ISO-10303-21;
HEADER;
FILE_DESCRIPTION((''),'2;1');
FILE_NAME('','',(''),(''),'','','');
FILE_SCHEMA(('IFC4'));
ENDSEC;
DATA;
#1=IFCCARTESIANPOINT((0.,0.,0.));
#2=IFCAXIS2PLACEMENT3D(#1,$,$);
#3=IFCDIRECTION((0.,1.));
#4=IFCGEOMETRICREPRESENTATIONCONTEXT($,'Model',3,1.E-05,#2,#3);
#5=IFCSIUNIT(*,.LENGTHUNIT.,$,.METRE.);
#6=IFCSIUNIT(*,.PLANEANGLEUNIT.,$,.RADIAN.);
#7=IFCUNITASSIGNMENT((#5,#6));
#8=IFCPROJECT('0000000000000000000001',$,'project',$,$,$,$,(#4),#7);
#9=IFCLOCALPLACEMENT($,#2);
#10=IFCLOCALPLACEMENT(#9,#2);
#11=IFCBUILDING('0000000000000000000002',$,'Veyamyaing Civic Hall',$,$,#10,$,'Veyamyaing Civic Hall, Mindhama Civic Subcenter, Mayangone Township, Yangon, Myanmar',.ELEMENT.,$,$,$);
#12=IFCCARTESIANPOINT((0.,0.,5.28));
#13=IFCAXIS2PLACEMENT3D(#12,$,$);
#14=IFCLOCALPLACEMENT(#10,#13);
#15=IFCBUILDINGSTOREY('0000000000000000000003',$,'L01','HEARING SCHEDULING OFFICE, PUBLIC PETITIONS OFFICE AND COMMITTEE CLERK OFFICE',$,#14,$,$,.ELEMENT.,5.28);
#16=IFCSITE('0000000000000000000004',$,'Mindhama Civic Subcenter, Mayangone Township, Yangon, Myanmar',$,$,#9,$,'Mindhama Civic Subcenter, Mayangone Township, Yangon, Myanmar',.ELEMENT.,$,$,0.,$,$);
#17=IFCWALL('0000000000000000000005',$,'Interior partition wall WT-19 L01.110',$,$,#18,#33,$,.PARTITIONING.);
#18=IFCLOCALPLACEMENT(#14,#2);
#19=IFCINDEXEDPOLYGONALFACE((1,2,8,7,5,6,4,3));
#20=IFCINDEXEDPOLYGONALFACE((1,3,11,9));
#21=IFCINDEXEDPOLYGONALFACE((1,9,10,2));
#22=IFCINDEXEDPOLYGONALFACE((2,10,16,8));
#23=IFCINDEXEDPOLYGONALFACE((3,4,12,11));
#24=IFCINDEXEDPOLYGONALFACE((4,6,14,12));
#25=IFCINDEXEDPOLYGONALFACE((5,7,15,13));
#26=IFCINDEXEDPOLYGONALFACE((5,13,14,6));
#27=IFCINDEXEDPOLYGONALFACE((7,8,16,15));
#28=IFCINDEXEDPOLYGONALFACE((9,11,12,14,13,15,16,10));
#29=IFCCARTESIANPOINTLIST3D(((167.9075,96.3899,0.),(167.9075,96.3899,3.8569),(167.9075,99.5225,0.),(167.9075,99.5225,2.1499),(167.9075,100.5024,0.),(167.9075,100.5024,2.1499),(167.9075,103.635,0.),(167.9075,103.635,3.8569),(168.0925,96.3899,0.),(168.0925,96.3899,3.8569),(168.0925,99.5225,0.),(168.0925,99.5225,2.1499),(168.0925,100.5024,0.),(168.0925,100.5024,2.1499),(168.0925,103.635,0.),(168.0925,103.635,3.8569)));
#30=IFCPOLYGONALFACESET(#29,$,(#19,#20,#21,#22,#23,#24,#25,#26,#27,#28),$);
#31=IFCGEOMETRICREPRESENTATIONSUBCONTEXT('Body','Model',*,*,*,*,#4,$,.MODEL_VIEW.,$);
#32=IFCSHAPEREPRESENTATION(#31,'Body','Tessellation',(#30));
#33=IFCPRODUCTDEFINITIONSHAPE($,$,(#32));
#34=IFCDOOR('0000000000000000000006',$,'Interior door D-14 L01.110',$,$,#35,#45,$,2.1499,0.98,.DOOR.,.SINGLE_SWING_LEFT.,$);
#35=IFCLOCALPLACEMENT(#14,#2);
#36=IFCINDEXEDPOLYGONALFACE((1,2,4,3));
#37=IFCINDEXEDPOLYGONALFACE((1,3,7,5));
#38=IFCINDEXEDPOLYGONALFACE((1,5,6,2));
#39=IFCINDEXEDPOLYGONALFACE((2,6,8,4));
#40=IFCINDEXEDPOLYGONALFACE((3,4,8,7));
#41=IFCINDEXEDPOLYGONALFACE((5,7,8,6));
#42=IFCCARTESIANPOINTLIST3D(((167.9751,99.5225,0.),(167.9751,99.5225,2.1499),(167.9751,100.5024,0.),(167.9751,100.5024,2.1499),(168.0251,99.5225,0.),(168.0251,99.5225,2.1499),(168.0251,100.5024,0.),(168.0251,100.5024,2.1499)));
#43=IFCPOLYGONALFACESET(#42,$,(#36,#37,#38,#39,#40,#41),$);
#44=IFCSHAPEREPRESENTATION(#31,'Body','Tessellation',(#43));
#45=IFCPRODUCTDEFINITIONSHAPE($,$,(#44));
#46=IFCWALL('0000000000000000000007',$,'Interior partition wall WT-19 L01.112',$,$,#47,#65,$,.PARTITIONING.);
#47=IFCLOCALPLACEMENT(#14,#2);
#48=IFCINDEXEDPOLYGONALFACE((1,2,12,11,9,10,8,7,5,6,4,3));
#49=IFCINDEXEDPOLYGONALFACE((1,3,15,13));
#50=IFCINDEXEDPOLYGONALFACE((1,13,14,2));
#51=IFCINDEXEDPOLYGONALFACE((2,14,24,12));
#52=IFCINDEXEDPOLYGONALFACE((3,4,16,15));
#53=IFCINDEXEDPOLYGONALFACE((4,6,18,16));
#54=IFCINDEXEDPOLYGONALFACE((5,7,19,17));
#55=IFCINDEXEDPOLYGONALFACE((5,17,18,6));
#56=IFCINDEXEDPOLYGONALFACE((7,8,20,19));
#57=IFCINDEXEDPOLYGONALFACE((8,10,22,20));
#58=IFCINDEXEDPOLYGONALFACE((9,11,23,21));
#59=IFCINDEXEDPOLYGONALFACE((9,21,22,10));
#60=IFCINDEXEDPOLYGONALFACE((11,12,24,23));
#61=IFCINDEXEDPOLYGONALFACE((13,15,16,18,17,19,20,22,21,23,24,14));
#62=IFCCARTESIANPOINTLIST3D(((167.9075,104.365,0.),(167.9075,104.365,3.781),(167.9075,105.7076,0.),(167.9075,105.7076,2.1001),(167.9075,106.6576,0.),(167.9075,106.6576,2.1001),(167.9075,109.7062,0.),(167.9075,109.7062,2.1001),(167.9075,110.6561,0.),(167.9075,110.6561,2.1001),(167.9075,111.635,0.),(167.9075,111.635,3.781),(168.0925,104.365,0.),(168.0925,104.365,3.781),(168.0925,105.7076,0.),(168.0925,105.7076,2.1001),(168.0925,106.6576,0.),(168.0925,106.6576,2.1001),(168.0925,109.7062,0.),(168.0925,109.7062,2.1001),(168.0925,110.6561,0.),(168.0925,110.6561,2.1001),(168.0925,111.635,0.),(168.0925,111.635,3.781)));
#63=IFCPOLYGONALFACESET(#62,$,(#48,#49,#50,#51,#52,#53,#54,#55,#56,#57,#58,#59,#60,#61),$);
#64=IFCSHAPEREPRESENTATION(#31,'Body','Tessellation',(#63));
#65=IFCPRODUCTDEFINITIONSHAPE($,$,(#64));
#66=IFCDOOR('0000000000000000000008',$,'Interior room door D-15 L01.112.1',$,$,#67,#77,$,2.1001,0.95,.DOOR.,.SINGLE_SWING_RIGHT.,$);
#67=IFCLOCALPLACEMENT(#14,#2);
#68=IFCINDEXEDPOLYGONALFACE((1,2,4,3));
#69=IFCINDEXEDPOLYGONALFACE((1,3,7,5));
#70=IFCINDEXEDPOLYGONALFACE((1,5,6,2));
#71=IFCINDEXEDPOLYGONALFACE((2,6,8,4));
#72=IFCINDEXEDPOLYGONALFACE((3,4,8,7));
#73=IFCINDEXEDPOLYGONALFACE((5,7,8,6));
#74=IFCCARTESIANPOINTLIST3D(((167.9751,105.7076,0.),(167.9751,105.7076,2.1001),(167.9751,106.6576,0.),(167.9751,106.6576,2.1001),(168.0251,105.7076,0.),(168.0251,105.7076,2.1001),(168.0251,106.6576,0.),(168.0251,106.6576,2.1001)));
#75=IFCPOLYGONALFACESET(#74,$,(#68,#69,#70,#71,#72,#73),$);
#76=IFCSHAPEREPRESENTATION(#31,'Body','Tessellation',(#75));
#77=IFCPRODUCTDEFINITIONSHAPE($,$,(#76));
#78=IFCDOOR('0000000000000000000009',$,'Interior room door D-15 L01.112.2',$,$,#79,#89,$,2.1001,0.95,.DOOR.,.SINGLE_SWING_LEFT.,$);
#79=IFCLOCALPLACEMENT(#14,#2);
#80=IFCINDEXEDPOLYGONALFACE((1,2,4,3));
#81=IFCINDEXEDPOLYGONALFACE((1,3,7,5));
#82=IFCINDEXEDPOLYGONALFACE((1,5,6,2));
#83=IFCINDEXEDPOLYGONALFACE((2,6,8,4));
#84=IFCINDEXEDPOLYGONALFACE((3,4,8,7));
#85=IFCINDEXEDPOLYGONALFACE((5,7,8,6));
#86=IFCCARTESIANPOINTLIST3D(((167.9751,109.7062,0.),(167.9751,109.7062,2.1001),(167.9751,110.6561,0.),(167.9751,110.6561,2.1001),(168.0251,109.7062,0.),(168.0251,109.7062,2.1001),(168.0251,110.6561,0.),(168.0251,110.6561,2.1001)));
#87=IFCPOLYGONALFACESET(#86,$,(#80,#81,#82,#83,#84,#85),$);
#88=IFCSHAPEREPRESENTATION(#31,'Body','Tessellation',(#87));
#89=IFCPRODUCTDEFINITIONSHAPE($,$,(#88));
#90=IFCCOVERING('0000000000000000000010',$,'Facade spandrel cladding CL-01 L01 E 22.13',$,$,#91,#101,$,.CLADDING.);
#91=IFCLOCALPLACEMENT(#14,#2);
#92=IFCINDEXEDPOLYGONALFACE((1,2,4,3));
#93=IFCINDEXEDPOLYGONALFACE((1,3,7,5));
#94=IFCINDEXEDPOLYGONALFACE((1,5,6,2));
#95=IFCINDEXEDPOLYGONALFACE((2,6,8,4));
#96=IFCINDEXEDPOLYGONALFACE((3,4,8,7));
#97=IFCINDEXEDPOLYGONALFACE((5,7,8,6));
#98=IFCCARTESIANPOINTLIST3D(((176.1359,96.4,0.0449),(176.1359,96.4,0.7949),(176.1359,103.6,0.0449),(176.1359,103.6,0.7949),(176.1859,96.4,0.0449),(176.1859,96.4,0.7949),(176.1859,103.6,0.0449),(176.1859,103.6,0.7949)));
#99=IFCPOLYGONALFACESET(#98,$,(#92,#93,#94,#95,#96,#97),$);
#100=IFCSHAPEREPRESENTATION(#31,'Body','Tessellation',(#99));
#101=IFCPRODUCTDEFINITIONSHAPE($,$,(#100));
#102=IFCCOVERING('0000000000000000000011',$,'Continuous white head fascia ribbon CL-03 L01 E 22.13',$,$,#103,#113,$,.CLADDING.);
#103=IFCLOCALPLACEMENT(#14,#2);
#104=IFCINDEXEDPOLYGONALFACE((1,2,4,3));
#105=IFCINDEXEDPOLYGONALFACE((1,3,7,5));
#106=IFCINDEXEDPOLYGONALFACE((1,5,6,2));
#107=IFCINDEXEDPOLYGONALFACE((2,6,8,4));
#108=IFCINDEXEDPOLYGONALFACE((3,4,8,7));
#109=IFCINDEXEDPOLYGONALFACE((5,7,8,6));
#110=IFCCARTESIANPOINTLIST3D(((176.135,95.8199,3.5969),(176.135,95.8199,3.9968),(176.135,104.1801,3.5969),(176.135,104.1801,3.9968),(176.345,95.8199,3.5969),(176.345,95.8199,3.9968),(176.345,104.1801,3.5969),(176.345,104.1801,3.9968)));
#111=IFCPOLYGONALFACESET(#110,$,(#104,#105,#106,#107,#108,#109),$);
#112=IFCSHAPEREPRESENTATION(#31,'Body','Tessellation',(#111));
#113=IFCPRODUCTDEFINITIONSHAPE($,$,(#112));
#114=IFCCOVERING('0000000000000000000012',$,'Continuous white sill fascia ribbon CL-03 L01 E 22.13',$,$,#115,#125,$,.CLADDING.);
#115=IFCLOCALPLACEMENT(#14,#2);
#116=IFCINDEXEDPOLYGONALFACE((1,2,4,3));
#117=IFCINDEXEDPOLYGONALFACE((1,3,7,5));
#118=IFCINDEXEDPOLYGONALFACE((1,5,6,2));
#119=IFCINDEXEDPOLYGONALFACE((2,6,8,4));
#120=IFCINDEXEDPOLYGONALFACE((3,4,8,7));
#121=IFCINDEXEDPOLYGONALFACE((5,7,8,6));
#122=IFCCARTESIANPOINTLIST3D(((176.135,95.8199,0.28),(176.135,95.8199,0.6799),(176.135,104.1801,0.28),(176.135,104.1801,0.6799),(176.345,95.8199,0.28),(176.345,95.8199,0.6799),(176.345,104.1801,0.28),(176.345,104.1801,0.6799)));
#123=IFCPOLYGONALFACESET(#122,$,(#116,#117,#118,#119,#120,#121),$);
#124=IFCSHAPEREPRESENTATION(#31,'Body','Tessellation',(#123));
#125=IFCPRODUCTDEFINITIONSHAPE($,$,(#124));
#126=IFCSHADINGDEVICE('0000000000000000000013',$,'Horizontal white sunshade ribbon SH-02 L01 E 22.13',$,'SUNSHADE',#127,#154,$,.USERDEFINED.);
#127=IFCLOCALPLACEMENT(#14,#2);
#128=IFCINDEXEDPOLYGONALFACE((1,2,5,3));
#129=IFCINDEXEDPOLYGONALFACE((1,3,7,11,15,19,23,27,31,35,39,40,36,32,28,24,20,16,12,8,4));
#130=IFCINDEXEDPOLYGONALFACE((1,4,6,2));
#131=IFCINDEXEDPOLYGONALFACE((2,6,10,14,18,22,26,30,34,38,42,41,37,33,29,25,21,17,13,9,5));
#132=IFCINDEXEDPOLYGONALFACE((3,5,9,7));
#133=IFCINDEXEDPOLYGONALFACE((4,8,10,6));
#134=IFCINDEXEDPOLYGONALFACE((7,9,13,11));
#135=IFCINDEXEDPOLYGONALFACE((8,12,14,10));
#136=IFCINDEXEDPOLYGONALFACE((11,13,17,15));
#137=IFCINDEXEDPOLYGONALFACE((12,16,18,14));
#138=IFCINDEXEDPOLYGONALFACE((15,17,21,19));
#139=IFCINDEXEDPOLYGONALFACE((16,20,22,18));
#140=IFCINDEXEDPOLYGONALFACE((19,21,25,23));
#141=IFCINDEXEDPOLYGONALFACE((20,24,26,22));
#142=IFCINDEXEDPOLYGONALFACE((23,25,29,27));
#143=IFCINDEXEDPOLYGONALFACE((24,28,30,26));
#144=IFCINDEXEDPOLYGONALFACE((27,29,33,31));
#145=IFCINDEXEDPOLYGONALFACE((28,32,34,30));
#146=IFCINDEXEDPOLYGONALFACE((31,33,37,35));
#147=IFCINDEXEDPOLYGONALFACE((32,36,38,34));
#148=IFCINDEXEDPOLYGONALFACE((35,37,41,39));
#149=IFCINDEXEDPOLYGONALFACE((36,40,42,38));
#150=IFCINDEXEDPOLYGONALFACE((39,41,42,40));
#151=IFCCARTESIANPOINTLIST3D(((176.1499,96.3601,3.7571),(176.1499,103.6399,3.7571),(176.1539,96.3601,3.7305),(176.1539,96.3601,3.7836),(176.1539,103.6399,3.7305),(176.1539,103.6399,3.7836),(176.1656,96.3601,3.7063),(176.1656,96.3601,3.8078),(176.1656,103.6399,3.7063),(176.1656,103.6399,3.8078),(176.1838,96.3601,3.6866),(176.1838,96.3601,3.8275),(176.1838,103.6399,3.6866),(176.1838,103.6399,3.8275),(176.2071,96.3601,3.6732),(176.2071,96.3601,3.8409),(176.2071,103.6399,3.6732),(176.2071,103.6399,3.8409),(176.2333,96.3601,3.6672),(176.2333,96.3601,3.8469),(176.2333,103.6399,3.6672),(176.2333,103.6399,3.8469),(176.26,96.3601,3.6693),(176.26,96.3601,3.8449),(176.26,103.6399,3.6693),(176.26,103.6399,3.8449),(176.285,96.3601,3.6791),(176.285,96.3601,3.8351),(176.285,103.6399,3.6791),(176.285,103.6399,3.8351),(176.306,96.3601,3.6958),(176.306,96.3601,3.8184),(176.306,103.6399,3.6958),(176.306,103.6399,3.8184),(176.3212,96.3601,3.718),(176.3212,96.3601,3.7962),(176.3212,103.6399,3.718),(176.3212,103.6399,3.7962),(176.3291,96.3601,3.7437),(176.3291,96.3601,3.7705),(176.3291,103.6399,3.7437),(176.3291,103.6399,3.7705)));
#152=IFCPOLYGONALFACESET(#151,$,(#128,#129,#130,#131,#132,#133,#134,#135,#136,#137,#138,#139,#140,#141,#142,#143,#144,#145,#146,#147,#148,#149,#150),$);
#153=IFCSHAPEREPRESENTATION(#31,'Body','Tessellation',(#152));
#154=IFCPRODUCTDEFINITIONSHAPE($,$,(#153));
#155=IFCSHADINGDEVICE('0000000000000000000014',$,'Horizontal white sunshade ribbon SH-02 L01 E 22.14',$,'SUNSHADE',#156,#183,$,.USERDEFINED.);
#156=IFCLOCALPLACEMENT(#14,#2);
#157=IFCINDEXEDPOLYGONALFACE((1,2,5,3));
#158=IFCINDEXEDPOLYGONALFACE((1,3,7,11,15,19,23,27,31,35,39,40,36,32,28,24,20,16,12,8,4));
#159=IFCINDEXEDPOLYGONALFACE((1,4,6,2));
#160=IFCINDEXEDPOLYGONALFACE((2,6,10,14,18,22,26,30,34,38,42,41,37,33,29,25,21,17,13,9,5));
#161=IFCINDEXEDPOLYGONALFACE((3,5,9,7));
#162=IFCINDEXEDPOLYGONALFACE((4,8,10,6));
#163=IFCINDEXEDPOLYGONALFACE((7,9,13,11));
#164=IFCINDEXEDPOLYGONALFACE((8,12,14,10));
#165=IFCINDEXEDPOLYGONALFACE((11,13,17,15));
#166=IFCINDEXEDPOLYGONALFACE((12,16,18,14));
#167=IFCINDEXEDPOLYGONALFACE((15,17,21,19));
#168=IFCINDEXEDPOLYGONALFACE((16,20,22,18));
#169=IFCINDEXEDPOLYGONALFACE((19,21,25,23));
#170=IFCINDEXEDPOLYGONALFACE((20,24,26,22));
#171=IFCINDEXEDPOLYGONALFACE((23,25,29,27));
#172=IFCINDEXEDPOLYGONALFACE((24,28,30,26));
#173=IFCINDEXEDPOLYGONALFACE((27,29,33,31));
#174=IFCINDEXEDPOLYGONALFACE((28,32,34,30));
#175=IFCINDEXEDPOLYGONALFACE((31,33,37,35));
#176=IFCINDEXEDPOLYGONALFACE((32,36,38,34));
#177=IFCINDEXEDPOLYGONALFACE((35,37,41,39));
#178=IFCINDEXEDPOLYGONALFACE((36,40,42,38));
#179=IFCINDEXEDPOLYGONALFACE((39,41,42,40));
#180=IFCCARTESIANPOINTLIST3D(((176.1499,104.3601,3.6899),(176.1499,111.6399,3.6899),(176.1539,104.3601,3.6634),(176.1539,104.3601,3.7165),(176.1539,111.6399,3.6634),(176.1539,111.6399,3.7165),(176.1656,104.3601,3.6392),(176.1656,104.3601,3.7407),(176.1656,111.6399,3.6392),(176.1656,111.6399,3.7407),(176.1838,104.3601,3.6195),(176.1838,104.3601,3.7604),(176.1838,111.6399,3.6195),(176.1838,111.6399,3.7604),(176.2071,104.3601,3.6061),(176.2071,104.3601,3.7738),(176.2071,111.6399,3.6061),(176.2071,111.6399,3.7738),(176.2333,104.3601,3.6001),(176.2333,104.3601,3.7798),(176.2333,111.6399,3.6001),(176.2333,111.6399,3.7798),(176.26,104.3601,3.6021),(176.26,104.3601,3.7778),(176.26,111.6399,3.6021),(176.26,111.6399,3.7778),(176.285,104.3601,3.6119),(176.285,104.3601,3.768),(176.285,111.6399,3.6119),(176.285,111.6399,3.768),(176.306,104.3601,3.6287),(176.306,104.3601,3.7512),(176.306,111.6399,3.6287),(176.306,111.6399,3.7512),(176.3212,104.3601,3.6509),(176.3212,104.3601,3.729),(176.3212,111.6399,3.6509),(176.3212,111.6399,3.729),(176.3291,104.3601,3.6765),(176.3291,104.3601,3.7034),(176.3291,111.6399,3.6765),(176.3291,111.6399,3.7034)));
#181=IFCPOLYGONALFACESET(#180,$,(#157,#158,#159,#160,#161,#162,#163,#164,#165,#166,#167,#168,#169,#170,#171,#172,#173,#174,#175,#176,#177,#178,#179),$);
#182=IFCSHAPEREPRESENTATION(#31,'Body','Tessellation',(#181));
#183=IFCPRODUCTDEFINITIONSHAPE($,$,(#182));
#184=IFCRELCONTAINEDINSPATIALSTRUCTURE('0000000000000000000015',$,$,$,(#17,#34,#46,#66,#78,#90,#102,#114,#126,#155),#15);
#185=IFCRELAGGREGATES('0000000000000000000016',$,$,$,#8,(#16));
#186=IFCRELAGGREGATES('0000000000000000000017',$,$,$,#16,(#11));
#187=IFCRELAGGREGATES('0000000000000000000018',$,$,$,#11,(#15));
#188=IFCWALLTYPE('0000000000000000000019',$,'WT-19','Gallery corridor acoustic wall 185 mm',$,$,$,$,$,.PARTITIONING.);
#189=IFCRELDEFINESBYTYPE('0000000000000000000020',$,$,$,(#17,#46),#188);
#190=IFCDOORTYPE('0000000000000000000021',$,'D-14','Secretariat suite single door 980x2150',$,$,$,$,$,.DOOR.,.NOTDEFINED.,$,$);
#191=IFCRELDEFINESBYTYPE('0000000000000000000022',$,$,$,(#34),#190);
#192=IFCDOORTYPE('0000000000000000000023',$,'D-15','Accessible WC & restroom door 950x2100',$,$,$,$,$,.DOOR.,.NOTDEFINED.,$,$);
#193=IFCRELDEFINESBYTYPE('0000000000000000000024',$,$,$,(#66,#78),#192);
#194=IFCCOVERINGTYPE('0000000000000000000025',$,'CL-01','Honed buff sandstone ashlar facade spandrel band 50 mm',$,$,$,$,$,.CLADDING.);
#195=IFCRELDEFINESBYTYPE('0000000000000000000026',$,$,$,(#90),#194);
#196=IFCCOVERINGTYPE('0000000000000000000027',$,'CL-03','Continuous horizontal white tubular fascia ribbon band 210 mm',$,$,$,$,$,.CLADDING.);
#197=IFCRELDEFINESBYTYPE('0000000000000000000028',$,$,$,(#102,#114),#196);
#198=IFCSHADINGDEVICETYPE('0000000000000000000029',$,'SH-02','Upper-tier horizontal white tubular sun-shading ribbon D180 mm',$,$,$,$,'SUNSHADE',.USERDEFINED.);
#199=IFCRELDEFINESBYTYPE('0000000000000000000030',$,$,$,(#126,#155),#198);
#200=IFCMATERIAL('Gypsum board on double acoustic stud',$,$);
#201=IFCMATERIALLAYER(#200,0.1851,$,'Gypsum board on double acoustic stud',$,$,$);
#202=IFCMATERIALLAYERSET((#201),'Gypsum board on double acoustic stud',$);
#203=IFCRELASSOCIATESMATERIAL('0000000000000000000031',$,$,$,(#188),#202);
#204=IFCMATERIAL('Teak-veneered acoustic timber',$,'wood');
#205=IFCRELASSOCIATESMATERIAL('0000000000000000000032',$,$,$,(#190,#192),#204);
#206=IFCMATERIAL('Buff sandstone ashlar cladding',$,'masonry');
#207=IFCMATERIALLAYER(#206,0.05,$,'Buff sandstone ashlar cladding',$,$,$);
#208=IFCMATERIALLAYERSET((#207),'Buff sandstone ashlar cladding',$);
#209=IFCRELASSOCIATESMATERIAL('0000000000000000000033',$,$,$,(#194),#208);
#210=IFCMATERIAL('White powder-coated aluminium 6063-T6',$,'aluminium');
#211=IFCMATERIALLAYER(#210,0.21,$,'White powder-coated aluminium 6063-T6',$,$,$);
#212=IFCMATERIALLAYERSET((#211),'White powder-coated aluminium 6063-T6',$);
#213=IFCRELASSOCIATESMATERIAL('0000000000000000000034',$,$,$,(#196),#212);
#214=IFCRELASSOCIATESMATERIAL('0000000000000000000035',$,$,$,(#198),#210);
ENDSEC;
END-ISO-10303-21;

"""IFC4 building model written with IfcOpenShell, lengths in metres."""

from ifc_helpers import new_model, si_unit, direction, frame, frame_2d, origin, origin_2d, place, context, subcontext, project, spatial, rectangle, circle, extrude, material, layer, layer_set, material_profile, profile_set, type_object, element, fill, save


model = new_model("IFC4")

# Units and contexts
model_context = context("Model", 3, precision=1e-05, world=origin(), true_north=direction((0.0, 1.0)))
body_context = subcontext(model_context, "Body", "Model", "MODEL_VIEW")
ifc_project = project(units=[si_unit("LENGTHUNIT", "METRE"), si_unit("PLANEANGLEUNIT", "RADIAN")], contexts=[model_context])

# Site, building, storey
site_placement = place(None, origin())
site = spatial("IfcSite", under=ifc_project, at=site_placement, Name="Mindhama Civic Subcenter, Mayangone Township, Yangon, Myanmar", LongName="Mindhama Civic Subcenter, Mayangone Township, Yangon, Myanmar", CompositionType="ELEMENT", RefElevation=0.0)
building_placement = place(site_placement, origin())
building = spatial("IfcBuilding", under=site, at=building_placement, Name="Veyamyaing Civic Hall", LongName="Veyamyaing Civic Hall, Mindhama Civic Subcenter, Mayangone Township, Yangon, Myanmar", CompositionType="ELEMENT")
storey_placement = place(building_placement, frame((0.0, 0.0, 5.28)))
storey = spatial("IfcBuildingStorey", under=building, at=storey_placement, Name="L01", Description="HEARING SCHEDULING OFFICE, PUBLIC PETITIONS OFFICE AND COMMITTEE CLERK OFFICE", CompositionType="ELEMENT", Elevation=5.28)

# Shared definitions
ifc_material_1 = material(Name="Teak-veneered acoustic timber", Category="wood")

# Wall, opening, door
ifc_material_2 = material(Name="Gypsum board on double acoustic stud")
ifc_layer_1 = layer(ifc_material_2, 0.1851, Name="Gypsum board on double acoustic stud")
ifc_layer_set_1 = layer_set([ifc_layer_1], Name="Gypsum board on double acoustic stud")
wall_type_1 = type_object("IfcWallType", Name="WT-19", Description="Gallery corridor acoustic wall 185 mm", PredefinedType="PARTITIONING", material=ifc_layer_set_1)
wall_1_placement = place(storey_placement, frame((168.0, 96.3899, 0.0), z_axis=(0.0, 0.0, 1.0), x_axis=(0.0, 1.0, 0.0)))
wall_1 = element("IfcWall", 1, at=wall_1_placement, inside=storey, type_object=wall_type_1, Name="Interior partition wall WT-19 L01.110", PredefinedType="PARTITIONING", context=body_context, shape_type="SweptSolid", body=[
    extrude(rectangle(XDim=7.2451, YDim=0.1851, at=frame_2d((3.6226, 0.0))), origin(), (0.0, 0.0, 1.0), 3.8569),
])
opening_1_placement = place(wall_1_placement, frame((3.1326, 0.0, 0.0)))
opening_1 = element("IfcOpeningElement", 2, at=opening_1_placement, cuts=wall_1, PredefinedType="OPENING", context=body_context, shape_type="SweptSolid", body=[
    extrude(rectangle(XDim=0.98, YDim=2.1499, at=frame_2d((0.49, 1.075))), frame((0.0, 0.1025, 0.0), z_axis=(0.0, -1.0, 0.0), x_axis=(1.0, 0.0, 0.0)), (0.0, 0.0, 1.0), 0.2051),
])
door_type_1 = type_object("IfcDoorType", Name="D-14", Description="Secretariat suite single door 980x2150", OperationType="NOTDEFINED", PredefinedType="DOOR", material=ifc_material_1)
door_1_placement = place(opening_1_placement, origin())
door_1 = element("IfcDoor", 3, at=door_1_placement, inside=storey, type_object=door_type_1, Name="Interior door D-14 L01.110", OperationType="SINGLE_SWING_LEFT", OverallHeight=2.1499, OverallWidth=0.98, PredefinedType="DOOR", context=body_context, shape_type="SweptSolid", body=[
    extrude(rectangle(XDim=0.98, YDim=2.1499, at=frame_2d((0.49, 1.075))), frame((0.0, 0.0249, 0.0), z_axis=(0.0, -1.0, 0.0), x_axis=(1.0, 0.0, 0.0)), (0.0, 0.0, 1.0), 0.05),
])
fill(opening_1, door_1)

# Wall, openings, doors
wall_2_placement = place(storey_placement, frame((168.0, 104.365, 0.0), z_axis=(0.0, 0.0, 1.0), x_axis=(0.0, 1.0, 0.0)))
wall_2 = element("IfcWall", 4, at=wall_2_placement, inside=storey, type_object=wall_type_1, Name="Interior partition wall WT-19 L01.112", PredefinedType="PARTITIONING", context=body_context, shape_type="SweptSolid", body=[
    extrude(rectangle(XDim=7.27, YDim=0.1851, at=frame_2d((3.635, 0.0))), origin(), (0.0, 0.0, 1.0), 3.781),
])
opening_2_placement = place(wall_2_placement, frame((1.3425, 0.0, 0.0)))
opening_2 = element("IfcOpeningElement", 5, at=opening_2_placement, cuts=wall_2, PredefinedType="OPENING", context=body_context, shape_type="SweptSolid", body=[
    extrude(rectangle(XDim=0.95, YDim=2.1001, at=frame_2d((0.4751, 1.05))), frame((0.0, 0.1025, 0.0), z_axis=(0.0, -1.0, 0.0), x_axis=(1.0, 0.0, 0.0)), (0.0, 0.0, 1.0), 0.2051),
])
opening_3_placement = place(wall_2_placement, frame((5.3411, 0.0, 0.0)))
opening_3 = element("IfcOpeningElement", 6, at=opening_3_placement, cuts=wall_2, PredefinedType="OPENING", context=body_context, shape_type="SweptSolid", body=[
    extrude(rectangle(XDim=0.95, YDim=2.1001, at=frame_2d((0.4751, 1.05))), frame((0.0, 0.1025, 0.0), z_axis=(0.0, -1.0, 0.0), x_axis=(1.0, 0.0, 0.0)), (0.0, 0.0, 1.0), 0.2051),
])
door_type_2 = type_object("IfcDoorType", Name="D-15", Description="Accessible WC & restroom door 950x2100", OperationType="NOTDEFINED", PredefinedType="DOOR", material=ifc_material_1)
door_2_placement = place(opening_2_placement, origin())
door_2 = element("IfcDoor", 7, at=door_2_placement, inside=storey, type_object=door_type_2, Name="Interior room door D-15 L01.112.1", OperationType="SINGLE_SWING_RIGHT", OverallHeight=2.1001, OverallWidth=0.95, PredefinedType="DOOR", context=body_context, shape_type="SweptSolid", body=[
    extrude(rectangle(XDim=0.95, YDim=2.1001, at=frame_2d((0.4751, 1.05))), frame((0.0, 0.0249, 0.0), z_axis=(0.0, -1.0, 0.0), x_axis=(1.0, 0.0, 0.0)), (0.0, 0.0, 1.0), 0.05),
])
fill(opening_2, door_2)
door_3_placement = place(opening_3_placement, origin())
door_3 = element("IfcDoor", 8, at=door_3_placement, inside=storey, type_object=door_type_2, Name="Interior room door D-15 L01.112.2", OperationType="SINGLE_SWING_LEFT", OverallHeight=2.1001, OverallWidth=0.95, PredefinedType="DOOR", context=body_context, shape_type="SweptSolid", body=[
    extrude(rectangle(XDim=0.95, YDim=2.1001, at=frame_2d((0.4751, 1.05))), frame((0.0, 0.0249, 0.0), z_axis=(0.0, -1.0, 0.0), x_axis=(1.0, 0.0, 0.0)), (0.0, 0.0, 1.0), 0.05),
])
fill(opening_3, door_3)

# Coverings
ifc_material_3 = material(Name="Buff sandstone ashlar cladding", Category="masonry")
ifc_layer_2 = layer(ifc_material_3, 0.05, Name="Buff sandstone ashlar cladding")
ifc_layer_set_2 = layer_set([ifc_layer_2], Name="Buff sandstone ashlar cladding")
covering_type_1 = type_object("IfcCoveringType", Name="CL-01", Description="Honed buff sandstone ashlar facade spandrel band 50 mm", PredefinedType="CLADDING", material=ifc_layer_set_2)
covering_placement = place(storey_placement, frame((176.1609, 100.0, 0.0449), z_axis=(0.0, 0.0, 1.0), x_axis=(0.0, 1.0, 0.0)))
element("IfcCovering", 9, at=covering_placement, inside=storey, type_object=covering_type_1, Name="Facade spandrel cladding CL-01 L01 E 22.13", PredefinedType="CLADDING", context=body_context, shape_type="SweptSolid", body=[
    extrude(rectangle(XDim=7.2, YDim=0.05, at=origin_2d()), origin(), (0.0, 0.0, 1.0), 0.75),
])
ifc_material_4 = material(Name="White powder-coated aluminium 6063-T6", Category="aluminium")
ifc_layer_3 = layer(ifc_material_4, 0.21, Name="White powder-coated aluminium 6063-T6")
ifc_layer_set_3 = layer_set([ifc_layer_3], Name="White powder-coated aluminium 6063-T6")
covering_type_2 = type_object("IfcCoveringType", Name="CL-03", Description="Continuous horizontal white tubular fascia ribbon band 210 mm", PredefinedType="CLADDING", material=ifc_layer_set_3)
for number, where, z_axis, x_axis, name in (
    (10, (176.24, 100.0, 3.5969), (0.0, 0.0, 1.0), (0.0, 1.0, 0.0), "Continuous white head fascia ribbon CL-03 L01 E 22.13"),
    (11, (176.24, 100.0, 0.28), (0.0, 0.0, 1.0), (0.0, 1.0, 0.0), "Continuous white sill fascia ribbon CL-03 L01 E 22.13"),
):
    element("IfcCovering", number, at=place(storey_placement, frame(where, z_axis=z_axis, x_axis=x_axis)), inside=storey, type_object=covering_type_2, Name=name, PredefinedType="CLADDING", context=body_context, shape_type="SweptSolid", body=[
        extrude(rectangle(XDim=8.3601, YDim=0.21, at=origin_2d()), origin(), (0.0, 0.0, 1.0), 0.3999),
    ])

# Shading devices
ifc_material_profile_1 = material_profile(ifc_material_4, circle(Radius=0.0901, at=origin_2d()), Name="SHADE-TUBE-180")
ifc_profile_set_1 = profile_set([ifc_material_profile_1], Name="White powder-coated aluminium 6063-T6")
shading_device_type = type_object("IfcShadingDeviceType", Name="SH-02", Description="Upper-tier horizontal white tubular sun-shading ribbon D180 mm", ElementType="SUNSHADE", PredefinedType="USERDEFINED", material=ifc_profile_set_1)
for number, where, z_axis, x_axis, name in (
    (12, (176.24, 96.3601, 3.7571), (0.0, 1.0, 0.0), (-1.0, 0.0, 0.0), "Horizontal white sunshade ribbon SH-02 L01 E 22.13"),
    (13, (176.24, 104.3601, 3.6899), (0.0, 1.0, 0.0), (-1.0, 0.0, 0.0), "Horizontal white sunshade ribbon SH-02 L01 E 22.14"),
):
    element("IfcShadingDevice", number, at=place(storey_placement, frame(where, z_axis=z_axis, x_axis=x_axis)), inside=storey, type_object=shading_device_type, Name=name, ObjectType="SUNSHADE", PredefinedType="USERDEFINED", context=body_context, shape_type="SweptSolid", body=[
        extrude(circle(Radius=0.0901, at=origin_2d()), origin(), (0.0, 0.0, 1.0), 7.2798),
    ])

save(model, "model.ifc")
